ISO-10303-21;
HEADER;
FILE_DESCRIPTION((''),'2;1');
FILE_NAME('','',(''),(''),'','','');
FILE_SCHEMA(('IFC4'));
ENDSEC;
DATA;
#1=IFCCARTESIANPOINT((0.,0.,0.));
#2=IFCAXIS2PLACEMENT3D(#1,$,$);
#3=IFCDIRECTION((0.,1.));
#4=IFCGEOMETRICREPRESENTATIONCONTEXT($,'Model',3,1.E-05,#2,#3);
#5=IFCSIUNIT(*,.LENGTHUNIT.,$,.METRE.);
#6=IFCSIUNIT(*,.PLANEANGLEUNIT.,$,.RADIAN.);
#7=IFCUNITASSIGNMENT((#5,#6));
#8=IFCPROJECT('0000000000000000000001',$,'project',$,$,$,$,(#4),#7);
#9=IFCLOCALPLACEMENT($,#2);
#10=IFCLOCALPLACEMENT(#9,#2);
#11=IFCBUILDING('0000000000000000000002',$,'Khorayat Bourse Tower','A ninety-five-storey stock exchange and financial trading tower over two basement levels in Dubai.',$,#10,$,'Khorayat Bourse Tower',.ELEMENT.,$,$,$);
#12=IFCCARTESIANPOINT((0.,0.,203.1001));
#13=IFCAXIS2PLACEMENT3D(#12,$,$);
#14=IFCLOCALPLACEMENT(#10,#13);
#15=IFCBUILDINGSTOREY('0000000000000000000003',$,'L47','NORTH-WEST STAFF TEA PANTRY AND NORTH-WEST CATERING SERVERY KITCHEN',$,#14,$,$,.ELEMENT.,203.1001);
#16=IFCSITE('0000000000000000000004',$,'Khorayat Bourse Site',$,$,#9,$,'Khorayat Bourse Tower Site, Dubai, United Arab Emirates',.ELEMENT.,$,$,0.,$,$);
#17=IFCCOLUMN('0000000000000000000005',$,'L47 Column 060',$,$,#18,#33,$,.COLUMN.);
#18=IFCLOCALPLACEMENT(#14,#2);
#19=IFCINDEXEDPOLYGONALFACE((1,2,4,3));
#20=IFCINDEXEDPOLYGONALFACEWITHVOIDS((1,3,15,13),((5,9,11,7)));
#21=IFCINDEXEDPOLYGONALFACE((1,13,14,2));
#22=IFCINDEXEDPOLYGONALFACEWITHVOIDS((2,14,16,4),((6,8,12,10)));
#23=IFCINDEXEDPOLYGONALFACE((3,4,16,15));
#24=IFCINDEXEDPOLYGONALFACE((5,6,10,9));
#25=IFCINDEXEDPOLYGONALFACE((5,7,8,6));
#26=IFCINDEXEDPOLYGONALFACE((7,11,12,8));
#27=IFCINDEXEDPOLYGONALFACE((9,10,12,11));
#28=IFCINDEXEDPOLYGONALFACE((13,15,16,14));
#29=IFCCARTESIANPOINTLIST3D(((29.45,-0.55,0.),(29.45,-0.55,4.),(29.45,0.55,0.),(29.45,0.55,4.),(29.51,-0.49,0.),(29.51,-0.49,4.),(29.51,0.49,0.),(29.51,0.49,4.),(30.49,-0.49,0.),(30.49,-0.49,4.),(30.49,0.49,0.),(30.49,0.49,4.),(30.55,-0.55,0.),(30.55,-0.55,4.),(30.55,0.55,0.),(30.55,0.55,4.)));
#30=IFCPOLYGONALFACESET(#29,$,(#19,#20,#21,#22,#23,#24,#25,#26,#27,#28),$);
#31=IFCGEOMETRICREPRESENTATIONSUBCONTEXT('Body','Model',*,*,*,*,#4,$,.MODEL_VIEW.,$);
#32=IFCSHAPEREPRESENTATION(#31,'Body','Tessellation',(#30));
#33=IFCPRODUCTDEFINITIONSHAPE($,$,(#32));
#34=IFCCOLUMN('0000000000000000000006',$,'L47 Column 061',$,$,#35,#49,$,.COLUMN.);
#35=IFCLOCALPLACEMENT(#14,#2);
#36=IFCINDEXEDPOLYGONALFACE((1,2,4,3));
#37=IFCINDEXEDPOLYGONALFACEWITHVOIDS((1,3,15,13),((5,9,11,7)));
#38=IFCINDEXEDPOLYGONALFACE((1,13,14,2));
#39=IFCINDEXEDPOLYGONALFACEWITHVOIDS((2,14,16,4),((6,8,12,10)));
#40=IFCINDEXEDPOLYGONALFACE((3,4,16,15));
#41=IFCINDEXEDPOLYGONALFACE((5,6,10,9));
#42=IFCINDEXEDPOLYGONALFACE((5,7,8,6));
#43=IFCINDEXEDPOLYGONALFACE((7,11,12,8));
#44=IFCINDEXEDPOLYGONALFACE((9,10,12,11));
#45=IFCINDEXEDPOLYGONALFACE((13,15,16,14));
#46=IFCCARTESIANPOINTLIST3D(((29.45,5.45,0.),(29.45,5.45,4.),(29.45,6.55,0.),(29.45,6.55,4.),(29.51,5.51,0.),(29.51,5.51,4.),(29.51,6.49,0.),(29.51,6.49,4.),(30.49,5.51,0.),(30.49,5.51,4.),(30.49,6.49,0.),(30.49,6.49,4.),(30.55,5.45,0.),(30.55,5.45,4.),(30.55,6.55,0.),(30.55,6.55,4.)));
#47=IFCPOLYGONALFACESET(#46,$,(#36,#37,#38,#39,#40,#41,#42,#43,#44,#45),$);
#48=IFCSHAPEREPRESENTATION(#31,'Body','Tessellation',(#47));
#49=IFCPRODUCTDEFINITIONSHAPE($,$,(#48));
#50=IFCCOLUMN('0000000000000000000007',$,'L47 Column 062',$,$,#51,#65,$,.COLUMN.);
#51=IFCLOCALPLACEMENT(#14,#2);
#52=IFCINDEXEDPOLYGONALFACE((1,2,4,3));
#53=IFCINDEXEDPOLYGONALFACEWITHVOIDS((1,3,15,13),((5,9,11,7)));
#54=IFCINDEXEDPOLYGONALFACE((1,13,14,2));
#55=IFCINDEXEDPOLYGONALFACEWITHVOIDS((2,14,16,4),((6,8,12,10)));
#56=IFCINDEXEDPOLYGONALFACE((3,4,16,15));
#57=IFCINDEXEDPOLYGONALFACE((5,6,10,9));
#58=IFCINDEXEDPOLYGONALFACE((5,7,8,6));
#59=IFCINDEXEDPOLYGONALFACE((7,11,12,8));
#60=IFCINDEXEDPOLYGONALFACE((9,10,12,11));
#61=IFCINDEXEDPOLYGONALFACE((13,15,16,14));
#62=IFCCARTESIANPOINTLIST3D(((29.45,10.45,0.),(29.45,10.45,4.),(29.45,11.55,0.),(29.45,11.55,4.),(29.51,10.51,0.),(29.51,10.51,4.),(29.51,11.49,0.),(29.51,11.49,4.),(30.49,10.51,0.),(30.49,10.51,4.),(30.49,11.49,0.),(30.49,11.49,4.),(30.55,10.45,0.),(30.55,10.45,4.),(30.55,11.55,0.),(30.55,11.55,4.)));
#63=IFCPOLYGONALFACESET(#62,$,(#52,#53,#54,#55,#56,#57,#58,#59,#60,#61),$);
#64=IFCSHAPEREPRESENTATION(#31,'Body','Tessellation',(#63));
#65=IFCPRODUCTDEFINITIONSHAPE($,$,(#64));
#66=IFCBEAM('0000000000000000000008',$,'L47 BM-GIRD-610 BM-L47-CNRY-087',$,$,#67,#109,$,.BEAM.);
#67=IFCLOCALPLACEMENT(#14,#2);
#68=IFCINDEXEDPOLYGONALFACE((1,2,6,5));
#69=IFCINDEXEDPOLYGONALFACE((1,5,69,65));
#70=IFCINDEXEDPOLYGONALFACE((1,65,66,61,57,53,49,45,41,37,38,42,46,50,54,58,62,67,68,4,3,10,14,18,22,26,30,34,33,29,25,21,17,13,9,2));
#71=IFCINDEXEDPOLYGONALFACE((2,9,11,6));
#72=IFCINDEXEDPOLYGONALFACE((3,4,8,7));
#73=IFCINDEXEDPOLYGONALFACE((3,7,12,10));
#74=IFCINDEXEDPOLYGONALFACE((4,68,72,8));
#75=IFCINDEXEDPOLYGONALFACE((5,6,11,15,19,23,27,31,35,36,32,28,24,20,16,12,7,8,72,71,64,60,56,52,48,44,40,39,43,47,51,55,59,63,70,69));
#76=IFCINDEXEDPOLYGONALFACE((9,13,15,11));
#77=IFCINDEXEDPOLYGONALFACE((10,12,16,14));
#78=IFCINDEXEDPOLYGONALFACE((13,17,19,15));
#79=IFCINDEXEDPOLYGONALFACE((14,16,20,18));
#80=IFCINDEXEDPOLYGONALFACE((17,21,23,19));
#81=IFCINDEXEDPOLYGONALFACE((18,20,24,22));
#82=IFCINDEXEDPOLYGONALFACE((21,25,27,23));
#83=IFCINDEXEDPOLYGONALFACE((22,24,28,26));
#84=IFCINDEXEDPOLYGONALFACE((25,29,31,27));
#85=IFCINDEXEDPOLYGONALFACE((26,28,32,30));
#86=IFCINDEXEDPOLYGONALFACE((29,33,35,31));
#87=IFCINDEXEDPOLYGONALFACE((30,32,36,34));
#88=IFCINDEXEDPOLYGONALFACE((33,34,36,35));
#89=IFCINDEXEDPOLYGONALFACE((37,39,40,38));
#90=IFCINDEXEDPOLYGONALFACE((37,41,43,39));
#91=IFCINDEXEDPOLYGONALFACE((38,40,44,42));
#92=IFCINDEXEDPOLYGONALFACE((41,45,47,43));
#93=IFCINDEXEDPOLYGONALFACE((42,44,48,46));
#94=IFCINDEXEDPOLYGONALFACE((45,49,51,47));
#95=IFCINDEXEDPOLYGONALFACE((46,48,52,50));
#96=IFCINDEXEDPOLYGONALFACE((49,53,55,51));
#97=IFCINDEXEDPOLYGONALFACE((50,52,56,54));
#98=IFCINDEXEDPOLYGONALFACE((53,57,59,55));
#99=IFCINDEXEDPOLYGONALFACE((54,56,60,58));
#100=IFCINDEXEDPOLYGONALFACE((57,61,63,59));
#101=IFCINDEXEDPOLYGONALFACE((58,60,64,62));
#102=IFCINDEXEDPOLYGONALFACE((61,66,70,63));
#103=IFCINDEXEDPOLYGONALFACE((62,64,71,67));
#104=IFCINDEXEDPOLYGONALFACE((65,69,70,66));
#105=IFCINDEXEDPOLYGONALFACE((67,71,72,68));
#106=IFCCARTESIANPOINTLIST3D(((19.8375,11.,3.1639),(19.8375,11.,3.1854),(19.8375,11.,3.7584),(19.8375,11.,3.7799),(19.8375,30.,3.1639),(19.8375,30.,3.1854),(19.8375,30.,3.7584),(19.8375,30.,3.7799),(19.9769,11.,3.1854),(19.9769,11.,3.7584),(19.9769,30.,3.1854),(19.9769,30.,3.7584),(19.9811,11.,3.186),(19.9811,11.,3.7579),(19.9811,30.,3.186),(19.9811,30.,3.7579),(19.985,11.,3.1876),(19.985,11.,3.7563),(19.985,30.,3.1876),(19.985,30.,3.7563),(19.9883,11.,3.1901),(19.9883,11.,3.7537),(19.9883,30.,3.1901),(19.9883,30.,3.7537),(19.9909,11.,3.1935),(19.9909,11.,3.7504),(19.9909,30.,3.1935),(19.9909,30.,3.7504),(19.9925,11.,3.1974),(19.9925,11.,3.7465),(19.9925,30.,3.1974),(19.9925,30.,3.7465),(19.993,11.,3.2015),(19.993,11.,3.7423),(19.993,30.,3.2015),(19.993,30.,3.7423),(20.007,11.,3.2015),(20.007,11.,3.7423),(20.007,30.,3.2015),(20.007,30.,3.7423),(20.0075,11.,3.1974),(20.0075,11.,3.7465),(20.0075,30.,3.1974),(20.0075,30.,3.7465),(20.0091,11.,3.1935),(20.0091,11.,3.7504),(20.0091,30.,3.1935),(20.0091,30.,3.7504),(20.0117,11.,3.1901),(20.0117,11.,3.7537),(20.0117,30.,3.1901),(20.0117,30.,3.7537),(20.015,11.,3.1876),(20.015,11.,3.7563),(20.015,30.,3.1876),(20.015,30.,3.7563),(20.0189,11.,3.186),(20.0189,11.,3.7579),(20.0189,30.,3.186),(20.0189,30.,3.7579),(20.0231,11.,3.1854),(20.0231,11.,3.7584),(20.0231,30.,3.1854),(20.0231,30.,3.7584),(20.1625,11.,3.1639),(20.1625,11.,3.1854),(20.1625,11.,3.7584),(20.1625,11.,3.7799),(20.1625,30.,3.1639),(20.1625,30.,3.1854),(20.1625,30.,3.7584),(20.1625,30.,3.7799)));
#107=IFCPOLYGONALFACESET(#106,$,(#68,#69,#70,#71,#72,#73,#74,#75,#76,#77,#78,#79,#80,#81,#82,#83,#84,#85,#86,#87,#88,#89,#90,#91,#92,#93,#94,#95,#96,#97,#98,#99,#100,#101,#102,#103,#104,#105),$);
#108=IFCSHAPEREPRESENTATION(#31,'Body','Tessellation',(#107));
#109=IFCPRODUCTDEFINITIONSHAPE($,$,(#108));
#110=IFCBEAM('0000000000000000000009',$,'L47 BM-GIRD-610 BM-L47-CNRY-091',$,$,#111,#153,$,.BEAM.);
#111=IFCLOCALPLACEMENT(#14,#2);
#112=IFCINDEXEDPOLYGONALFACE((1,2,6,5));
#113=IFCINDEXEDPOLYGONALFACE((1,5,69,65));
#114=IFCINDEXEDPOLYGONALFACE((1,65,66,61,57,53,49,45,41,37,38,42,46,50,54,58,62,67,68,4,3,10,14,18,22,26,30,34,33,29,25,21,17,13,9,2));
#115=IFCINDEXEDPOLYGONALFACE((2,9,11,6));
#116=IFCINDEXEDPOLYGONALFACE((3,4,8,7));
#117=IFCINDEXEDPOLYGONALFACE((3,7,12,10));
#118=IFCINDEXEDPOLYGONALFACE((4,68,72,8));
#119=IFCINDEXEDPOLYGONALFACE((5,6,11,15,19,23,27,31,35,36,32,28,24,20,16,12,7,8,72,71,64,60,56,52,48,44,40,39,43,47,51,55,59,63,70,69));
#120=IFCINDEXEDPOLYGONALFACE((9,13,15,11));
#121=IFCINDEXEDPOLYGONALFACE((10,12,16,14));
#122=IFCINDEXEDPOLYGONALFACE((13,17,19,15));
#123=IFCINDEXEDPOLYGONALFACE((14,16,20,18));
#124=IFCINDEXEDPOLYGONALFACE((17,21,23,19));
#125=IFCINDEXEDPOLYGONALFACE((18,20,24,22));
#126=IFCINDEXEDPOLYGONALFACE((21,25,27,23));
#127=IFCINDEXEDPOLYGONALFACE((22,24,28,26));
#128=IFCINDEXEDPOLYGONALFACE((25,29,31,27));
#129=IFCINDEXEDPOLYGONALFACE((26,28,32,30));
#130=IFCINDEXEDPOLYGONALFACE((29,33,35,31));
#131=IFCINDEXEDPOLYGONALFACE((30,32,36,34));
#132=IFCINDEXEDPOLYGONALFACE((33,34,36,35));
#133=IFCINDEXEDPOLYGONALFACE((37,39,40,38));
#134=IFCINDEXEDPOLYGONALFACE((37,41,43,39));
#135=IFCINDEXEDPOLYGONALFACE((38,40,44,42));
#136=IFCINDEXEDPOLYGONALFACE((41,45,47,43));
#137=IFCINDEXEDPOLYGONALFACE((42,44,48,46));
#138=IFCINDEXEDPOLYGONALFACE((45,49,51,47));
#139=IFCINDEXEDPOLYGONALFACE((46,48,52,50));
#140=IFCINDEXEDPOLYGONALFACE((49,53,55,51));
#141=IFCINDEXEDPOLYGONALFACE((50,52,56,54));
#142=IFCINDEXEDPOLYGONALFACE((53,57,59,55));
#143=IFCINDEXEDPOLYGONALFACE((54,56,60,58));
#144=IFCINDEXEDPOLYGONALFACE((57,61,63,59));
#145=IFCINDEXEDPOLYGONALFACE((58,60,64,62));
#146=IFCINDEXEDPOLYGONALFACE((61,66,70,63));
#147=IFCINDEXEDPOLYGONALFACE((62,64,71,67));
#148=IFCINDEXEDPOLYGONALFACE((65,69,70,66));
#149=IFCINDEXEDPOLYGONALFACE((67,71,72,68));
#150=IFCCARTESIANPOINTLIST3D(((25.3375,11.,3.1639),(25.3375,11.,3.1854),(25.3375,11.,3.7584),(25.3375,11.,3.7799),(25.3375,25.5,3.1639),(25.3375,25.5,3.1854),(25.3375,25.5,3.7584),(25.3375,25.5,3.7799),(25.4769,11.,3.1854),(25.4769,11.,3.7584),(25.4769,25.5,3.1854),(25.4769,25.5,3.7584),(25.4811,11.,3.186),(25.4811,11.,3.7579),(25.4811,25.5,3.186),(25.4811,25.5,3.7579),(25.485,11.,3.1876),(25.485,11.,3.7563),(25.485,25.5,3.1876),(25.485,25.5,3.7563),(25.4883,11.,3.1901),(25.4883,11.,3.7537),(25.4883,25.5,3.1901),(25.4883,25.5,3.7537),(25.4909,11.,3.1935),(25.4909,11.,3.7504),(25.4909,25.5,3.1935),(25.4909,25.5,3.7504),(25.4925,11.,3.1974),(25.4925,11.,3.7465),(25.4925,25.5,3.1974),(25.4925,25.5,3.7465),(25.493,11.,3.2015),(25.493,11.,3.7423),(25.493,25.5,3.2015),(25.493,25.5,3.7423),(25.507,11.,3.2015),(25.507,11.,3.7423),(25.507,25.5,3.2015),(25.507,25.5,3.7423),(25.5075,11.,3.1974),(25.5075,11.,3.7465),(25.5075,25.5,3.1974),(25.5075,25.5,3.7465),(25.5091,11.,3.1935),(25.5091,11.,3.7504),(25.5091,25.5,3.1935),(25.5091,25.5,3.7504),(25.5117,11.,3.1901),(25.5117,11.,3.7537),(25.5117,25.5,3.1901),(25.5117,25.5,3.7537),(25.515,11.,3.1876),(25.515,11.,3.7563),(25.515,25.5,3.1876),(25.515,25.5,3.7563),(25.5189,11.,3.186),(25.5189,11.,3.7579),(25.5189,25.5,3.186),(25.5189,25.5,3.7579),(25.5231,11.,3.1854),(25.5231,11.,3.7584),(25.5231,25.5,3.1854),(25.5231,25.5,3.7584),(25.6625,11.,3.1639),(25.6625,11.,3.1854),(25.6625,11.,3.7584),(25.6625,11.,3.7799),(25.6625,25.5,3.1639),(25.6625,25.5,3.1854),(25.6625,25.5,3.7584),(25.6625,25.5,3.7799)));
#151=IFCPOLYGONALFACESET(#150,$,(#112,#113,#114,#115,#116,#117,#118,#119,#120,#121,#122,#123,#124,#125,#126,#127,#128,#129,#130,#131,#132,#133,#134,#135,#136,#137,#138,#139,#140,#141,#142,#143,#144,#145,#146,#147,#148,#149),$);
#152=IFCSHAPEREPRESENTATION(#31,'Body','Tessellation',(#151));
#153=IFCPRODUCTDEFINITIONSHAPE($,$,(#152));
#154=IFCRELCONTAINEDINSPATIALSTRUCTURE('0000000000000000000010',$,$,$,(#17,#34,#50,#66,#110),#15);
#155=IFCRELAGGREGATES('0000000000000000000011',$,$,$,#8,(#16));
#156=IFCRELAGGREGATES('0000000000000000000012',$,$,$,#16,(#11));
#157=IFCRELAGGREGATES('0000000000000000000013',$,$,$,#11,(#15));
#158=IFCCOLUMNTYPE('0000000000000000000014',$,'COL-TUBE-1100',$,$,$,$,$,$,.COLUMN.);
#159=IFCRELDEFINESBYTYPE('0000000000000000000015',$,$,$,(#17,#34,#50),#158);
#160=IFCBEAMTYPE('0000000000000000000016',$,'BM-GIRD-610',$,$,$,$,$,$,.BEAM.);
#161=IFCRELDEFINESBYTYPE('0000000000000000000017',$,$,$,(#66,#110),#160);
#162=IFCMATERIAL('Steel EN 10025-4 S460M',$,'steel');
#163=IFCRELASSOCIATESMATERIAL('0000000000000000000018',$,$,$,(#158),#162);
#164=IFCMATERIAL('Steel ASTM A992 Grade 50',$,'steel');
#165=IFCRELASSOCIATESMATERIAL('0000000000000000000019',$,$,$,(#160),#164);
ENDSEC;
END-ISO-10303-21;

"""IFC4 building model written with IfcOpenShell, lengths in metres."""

from ifc_helpers import new_model, si_unit, direction, frame, origin, origin_2d, place, context, subcontext, project, spatial, hollow_rectangle, i_section, extrude, source, transform, mapped, material, material_profile, profile_set, type_object, element, save


model = new_model("IFC4")

# Units and contexts
model_context = context("Model", 3, precision=1e-05, world=origin(), true_north=direction((0.0, 1.0)))
body_context = subcontext(model_context, "Body", "Model", "MODEL_VIEW")
ifc_project = project(units=[si_unit("LENGTHUNIT", "METRE"), si_unit("PLANEANGLEUNIT", "RADIAN")], contexts=[model_context])

# Site, building, storey
site_placement = place(None, origin())
site = spatial("IfcSite", under=ifc_project, at=site_placement, Name="Khorayat Bourse Site", LongName="Khorayat Bourse Tower Site, Dubai, United Arab Emirates", CompositionType="ELEMENT", RefElevation=0.0)
building_placement = place(site_placement, origin())
building = spatial("IfcBuilding", under=site, at=building_placement, Name="Khorayat Bourse Tower", Description="A ninety-five-storey stock exchange and financial trading tower over two basement levels in Dubai.", LongName="Khorayat Bourse Tower", CompositionType="ELEMENT")
storey_placement = place(building_placement, frame((0.0, 0.0, 203.1001)))
storey = spatial("IfcBuildingStorey", under=building, at=storey_placement, Name="L47", Description="NORTH-WEST STAFF TEA PANTRY AND NORTH-WEST CATERING SERVERY KITCHEN", CompositionType="ELEMENT", Elevation=203.1001)

# Columns
ifc_material_1 = material(Name="Steel EN 10025-4 S460M", Category="steel")
ifc_material_profile_1 = material_profile(ifc_material_1, hollow_rectangle(XDim=1.1001, YDim=1.1001, WallThickness=0.0601, at=origin_2d()), Name="BOX 1100x1100x60")
ifc_profile_set_1 = profile_set([ifc_material_profile_1], Name="Steel EN 10025-4 S460M")
column_type = type_object("IfcColumnType", Name="COL-TUBE-1100", PredefinedType="COLUMN", material=ifc_profile_set_1)
shared_shape_1 = source(origin(), body_context, "Body", "SweptSolid", [
    extrude(hollow_rectangle(XDim=1.1001, YDim=1.1001, WallThickness=0.0601, at=origin_2d()), origin(), (0.0, 0.0, 1.0), 4.0),
])
for number, where, z_axis, x_axis, name in (
    (1, (30.0, 0.0, 0.0), (0.0, 0.0, 1.0), (1.0, 0.0, 0.0), "L47 Column 060"),
    (2, (30.0, 6.0, 0.0), (0.0, 0.0, 1.0), (1.0, 0.0, 0.0), "L47 Column 061"),
    (3, (30.0, 11.0, 0.0), (0.0, 0.0, 1.0), (1.0, 0.0, 0.0), "L47 Column 062"),
):
    element("IfcColumn", number, at=place(storey_placement, frame(where, z_axis=z_axis, x_axis=x_axis)), inside=storey, type_object=column_type, Name=name, PredefinedType="COLUMN", context=body_context, shape_type="MappedRepresentation", body=[
        mapped(shared_shape_1, transform((0.0, 0.0, 0.0), scale=1.0)),
    ])

# Beams
ifc_material_2 = material(Name="Steel ASTM A992 Grade 50", Category="steel")
ifc_material_profile_2 = material_profile(ifc_material_2, i_section(OverallWidth=0.325, OverallDepth=0.616, WebThickness=0.0139, FlangeThickness=0.0215, FilletRadius=0.0161, at=origin_2d()), Name="W610X174")
ifc_profile_set_2 = profile_set([ifc_material_profile_2], Name="Steel ASTM A992 Grade 50")
beam_type_1 = type_object("IfcBeamType", Name="BM-GIRD-610", PredefinedType="BEAM", material=ifc_profile_set_2)
shared_shape_2 = source(origin(), body_context, "Body", "SweptSolid", [
    extrude(i_section(OverallWidth=0.325, OverallDepth=0.616, WebThickness=0.0139, FlangeThickness=0.0215, FilletRadius=0.0161, at=origin_2d()), origin(), (0.0, 0.0, 1.0), 19.0),
])
beam_1_placement = place(storey_placement, frame((20.0, 11.0, 3.4719), z_axis=(0.0, 1.0, 0.0), x_axis=(-1.0, 0.0, 0.0)))
element("IfcBeam", 4, at=beam_1_placement, inside=storey, type_object=beam_type_1, Name="L47 BM-GIRD-610 BM-L47-CNRY-087", PredefinedType="BEAM", context=body_context, shape_type="MappedRepresentation", body=[
    mapped(shared_shape_2, transform((0.0, 0.0, 0.0), scale=1.0)),
])
shared_shape_3 = source(origin(), body_context, "Body", "SweptSolid", [
    extrude(i_section(OverallWidth=0.325, OverallDepth=0.616, WebThickness=0.0139, FlangeThickness=0.0215, FilletRadius=0.0161, at=origin_2d()), origin(), (0.0, 0.0, 1.0), 14.5),
])
beam_2_placement = place(storey_placement, frame((25.5, 11.0, 3.4719), z_axis=(0.0, 1.0, 0.0), x_axis=(-1.0, 0.0, 0.0)))
element("IfcBeam", 5, at=beam_2_placement, inside=storey, type_object=beam_type_1, Name="L47 BM-GIRD-610 BM-L47-CNRY-091", PredefinedType="BEAM", context=body_context, shape_type="MappedRepresentation", body=[
    mapped(shared_shape_3, transform((0.0, 0.0, 0.0), scale=1.0)),
])

save(model, "model.ifc")
